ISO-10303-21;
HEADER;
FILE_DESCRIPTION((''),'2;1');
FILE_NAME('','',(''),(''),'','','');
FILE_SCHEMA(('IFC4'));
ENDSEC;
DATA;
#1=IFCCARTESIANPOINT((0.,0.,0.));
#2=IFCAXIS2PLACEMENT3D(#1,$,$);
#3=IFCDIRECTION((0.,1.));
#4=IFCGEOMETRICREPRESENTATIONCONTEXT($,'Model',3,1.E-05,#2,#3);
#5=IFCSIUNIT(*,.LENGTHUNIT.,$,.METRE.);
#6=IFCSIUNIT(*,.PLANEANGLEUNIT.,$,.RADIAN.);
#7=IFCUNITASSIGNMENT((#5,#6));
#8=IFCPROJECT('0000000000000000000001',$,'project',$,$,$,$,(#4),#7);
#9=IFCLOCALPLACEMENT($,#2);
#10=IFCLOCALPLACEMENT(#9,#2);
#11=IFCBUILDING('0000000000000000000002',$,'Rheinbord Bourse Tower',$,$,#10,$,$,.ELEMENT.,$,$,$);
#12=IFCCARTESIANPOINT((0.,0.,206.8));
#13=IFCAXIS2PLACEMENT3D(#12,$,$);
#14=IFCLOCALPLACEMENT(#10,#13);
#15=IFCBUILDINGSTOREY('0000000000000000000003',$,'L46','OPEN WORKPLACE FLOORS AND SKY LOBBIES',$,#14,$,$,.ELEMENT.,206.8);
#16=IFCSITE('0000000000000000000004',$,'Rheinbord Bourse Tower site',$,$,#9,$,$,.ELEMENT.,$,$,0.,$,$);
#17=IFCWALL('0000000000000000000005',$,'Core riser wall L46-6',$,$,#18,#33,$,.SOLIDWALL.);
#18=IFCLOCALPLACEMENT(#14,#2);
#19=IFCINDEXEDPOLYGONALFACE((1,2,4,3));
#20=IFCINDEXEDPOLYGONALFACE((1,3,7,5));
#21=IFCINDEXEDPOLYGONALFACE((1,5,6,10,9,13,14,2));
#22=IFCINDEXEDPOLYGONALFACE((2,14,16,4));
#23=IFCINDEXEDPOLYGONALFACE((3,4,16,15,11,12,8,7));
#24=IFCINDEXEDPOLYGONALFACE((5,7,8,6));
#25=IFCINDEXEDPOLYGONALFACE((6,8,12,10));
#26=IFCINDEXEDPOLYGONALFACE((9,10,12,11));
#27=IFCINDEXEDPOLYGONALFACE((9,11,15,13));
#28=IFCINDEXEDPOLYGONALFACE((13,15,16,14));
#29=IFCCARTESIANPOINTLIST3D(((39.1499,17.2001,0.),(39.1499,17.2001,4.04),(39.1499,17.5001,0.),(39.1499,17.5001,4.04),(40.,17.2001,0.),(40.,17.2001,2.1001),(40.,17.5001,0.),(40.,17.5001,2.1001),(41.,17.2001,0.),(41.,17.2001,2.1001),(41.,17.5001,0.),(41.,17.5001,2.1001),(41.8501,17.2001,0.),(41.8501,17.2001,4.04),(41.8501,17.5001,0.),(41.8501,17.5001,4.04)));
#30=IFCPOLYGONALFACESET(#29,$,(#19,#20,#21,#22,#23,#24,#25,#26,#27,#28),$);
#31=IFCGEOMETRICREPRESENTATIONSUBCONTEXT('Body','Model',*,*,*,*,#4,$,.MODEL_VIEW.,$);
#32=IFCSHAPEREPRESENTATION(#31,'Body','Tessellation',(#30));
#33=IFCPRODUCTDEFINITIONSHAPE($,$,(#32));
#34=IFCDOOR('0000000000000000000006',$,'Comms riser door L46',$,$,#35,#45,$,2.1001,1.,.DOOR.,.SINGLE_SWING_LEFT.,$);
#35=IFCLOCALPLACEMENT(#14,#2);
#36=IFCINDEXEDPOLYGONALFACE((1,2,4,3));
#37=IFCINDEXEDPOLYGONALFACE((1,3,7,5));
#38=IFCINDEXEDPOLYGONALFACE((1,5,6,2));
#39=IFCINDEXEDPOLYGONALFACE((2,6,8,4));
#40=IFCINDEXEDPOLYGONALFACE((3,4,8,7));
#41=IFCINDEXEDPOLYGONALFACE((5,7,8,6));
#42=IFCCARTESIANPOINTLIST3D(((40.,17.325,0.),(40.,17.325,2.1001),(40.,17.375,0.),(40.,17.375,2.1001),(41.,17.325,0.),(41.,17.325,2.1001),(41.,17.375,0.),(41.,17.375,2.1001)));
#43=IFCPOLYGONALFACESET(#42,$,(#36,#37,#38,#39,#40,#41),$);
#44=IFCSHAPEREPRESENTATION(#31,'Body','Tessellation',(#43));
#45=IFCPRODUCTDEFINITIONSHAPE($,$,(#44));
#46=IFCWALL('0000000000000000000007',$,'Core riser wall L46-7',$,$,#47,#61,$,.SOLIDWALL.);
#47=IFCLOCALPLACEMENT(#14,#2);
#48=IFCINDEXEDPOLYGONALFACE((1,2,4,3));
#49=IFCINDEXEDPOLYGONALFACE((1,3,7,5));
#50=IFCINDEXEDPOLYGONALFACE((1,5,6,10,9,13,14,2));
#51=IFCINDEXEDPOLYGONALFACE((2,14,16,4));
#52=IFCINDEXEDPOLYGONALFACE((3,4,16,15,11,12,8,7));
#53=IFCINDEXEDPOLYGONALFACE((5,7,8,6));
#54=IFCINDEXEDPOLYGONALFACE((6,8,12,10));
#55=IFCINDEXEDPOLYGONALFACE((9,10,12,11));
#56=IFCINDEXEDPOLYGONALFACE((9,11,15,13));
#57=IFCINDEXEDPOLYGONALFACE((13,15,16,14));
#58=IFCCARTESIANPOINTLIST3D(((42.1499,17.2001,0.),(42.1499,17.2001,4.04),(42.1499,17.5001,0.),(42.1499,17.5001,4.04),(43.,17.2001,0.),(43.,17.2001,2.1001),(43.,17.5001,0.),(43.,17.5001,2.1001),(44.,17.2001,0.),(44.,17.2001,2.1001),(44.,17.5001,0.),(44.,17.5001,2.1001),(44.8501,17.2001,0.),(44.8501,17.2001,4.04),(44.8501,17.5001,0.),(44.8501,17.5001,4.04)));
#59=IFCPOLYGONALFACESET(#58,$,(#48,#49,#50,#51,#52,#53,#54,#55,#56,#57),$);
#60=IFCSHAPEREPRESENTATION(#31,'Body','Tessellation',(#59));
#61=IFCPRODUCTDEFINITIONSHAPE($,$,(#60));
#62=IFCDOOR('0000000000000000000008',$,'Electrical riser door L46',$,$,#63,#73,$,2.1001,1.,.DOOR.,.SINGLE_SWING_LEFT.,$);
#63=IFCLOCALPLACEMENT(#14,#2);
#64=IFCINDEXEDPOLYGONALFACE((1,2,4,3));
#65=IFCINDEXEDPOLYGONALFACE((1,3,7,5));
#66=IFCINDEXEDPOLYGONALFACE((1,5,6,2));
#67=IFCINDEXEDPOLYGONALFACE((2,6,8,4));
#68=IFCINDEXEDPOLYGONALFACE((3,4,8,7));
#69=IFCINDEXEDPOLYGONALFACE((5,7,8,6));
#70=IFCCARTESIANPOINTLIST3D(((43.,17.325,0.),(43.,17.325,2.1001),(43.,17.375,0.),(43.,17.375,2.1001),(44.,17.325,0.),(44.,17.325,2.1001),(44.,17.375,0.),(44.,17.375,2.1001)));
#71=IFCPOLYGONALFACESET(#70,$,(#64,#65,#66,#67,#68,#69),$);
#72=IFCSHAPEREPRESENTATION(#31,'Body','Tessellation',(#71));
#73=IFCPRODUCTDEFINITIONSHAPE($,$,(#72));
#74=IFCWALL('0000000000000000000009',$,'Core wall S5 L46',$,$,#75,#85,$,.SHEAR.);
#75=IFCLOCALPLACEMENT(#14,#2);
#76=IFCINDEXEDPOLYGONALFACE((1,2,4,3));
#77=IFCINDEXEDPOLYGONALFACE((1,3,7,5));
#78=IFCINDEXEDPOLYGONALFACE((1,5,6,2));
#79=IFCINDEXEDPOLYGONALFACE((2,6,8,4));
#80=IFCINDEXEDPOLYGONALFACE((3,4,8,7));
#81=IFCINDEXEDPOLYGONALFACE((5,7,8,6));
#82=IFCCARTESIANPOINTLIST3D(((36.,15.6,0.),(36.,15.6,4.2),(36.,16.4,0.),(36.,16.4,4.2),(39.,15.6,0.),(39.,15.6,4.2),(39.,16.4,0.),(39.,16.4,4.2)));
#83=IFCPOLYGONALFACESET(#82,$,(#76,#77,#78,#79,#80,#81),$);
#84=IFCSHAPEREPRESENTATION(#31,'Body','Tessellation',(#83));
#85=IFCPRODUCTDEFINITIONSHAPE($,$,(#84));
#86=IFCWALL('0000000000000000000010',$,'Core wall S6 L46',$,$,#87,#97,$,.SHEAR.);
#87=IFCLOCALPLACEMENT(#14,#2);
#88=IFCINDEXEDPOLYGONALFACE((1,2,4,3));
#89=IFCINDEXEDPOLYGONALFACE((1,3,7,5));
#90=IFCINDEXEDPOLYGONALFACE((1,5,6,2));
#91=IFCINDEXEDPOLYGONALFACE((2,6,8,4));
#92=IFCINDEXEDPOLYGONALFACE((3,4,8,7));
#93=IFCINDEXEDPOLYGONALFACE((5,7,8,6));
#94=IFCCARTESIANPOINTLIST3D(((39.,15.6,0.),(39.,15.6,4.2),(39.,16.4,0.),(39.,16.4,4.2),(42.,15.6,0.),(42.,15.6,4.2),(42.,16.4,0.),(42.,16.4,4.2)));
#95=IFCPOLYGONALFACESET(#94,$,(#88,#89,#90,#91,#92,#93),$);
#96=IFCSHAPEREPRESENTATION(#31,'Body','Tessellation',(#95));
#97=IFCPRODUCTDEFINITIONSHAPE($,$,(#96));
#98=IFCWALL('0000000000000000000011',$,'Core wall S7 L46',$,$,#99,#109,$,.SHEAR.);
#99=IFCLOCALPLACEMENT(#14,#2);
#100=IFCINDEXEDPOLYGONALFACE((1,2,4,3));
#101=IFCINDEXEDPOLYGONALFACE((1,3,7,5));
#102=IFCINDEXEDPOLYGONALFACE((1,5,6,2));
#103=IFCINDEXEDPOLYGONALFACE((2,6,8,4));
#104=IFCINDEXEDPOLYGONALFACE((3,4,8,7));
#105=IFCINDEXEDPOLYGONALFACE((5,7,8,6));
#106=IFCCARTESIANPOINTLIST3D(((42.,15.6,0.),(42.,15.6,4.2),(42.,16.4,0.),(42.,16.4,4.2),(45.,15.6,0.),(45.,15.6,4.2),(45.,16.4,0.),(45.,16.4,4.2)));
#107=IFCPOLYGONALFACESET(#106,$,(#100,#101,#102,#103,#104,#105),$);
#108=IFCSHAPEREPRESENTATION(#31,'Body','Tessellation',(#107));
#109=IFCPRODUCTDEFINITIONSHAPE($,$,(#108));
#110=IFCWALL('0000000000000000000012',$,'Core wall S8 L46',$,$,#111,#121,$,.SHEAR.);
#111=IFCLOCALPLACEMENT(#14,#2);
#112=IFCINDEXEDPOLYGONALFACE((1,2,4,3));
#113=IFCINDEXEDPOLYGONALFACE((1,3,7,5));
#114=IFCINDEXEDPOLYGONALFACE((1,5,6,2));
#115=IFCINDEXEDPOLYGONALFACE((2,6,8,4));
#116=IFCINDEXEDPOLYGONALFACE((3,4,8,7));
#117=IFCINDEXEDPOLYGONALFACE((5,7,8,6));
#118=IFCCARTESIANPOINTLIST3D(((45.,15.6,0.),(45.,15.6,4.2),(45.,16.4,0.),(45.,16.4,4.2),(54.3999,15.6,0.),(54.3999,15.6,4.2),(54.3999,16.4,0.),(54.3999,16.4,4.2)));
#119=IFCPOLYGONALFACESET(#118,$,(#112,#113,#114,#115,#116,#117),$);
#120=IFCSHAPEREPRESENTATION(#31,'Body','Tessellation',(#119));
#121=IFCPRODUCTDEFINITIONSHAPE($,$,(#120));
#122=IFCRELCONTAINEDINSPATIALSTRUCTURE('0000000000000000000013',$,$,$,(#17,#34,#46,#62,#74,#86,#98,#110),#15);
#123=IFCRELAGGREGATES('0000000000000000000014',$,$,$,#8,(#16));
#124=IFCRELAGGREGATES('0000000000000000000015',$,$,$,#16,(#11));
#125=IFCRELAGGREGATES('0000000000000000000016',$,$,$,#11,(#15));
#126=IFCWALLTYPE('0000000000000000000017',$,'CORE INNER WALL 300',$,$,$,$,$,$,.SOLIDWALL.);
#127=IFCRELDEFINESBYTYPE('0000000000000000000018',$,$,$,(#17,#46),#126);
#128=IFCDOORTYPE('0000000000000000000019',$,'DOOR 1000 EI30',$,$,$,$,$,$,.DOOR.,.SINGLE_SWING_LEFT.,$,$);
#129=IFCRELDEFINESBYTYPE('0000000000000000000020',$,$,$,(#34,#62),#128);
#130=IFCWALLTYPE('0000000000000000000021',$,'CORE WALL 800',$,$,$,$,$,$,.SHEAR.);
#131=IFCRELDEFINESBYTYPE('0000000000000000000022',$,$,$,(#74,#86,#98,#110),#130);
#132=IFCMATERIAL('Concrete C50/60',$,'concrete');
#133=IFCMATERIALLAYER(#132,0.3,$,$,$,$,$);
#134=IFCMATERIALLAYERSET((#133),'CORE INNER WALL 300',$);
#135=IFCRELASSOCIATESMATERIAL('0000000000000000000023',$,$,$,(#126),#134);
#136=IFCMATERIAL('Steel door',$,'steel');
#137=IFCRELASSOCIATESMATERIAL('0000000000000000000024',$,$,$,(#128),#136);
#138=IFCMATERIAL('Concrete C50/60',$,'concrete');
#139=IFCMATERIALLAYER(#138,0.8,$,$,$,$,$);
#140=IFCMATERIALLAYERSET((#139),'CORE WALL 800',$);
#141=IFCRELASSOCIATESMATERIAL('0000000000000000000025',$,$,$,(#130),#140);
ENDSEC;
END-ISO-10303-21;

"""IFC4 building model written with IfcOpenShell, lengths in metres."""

from ifc_helpers import new_model, si_unit, direction, frame, frame_2d, origin, place, context, subcontext, project, spatial, rectangle, extrude, material, layer, layer_set, type_object, element, fill, save


model = new_model("IFC4")

# Units and contexts
model_context = context("Model", 3, precision=1e-05, world=origin(), true_north=direction((0.0, 1.0)))
body_context = subcontext(model_context, "Body", "Model", "MODEL_VIEW")
ifc_project = project(units=[si_unit("LENGTHUNIT", "METRE"), si_unit("PLANEANGLEUNIT", "RADIAN")], contexts=[model_context])

# Site, building, storey
site_placement = place(None, origin())
site = spatial("IfcSite", under=ifc_project, at=site_placement, Name="Rheinbord Bourse Tower site", CompositionType="ELEMENT", RefElevation=0.0)
building_placement = place(site_placement, origin())
building = spatial("IfcBuilding", under=site, at=building_placement, Name="Rheinbord Bourse Tower", CompositionType="ELEMENT")
storey_placement = place(building_placement, frame((0.0, 0.0, 206.8)))
storey = spatial("IfcBuildingStorey", under=building, at=storey_placement, Name="L46", Description="OPEN WORKPLACE FLOORS AND SKY LOBBIES", CompositionType="ELEMENT", Elevation=206.8)

# Shared definitions
ifc_material_1 = material(Name="Concrete C50/60", Category="concrete")
ifc_layer_1 = layer(ifc_material_1, 0.3)
ifc_layer_set_1 = layer_set([ifc_layer_1], Name="CORE INNER WALL 300")
wall_type_1 = type_object("IfcWallType", Name="CORE INNER WALL 300", PredefinedType="SOLIDWALL", material=ifc_layer_set_1)
ifc_material_2 = material(Name="Steel door", Category="steel")
door_type_1 = type_object("IfcDoorType", Name="DOOR 1000 EI30", OperationType="SINGLE_SWING_LEFT", PredefinedType="DOOR", material=ifc_material_2)

# Walls, openings, doors
wall_1_placement = place(storey_placement, frame((39.1499, 17.3501, 0.0), z_axis=(0.0, 0.0, 1.0), x_axis=(1.0, 0.0, 0.0)))
wall_1 = element("IfcWall", 1, at=wall_1_placement, inside=storey, type_object=wall_type_1, Name="Core riser wall L46-6", PredefinedType="SOLIDWALL", context=body_context, shape_type="SweptSolid", body=[
    extrude(rectangle(XDim=2.7002, YDim=0.3, at=frame_2d((1.3501, 0.0))), origin(), (0.0, 0.0, 1.0), 4.04),
])
opening_1_placement = place(wall_1_placement, frame((0.8501, 0.0, 0.0)))
opening_1 = element("IfcOpeningElement", 2, at=opening_1_placement, cuts=wall_1, PredefinedType="OPENING", context=body_context, shape_type="SweptSolid", body=[
    extrude(rectangle(XDim=1.0, YDim=2.1001, at=frame_2d((0.5, 1.05))), frame((0.0, 0.1599, 0.0), z_axis=(0.0, -1.0, 0.0), x_axis=(1.0, 0.0, 0.0)), (0.0, 0.0, 1.0), 0.3201),
])
door_1_placement = place(opening_1_placement, origin())
door_1 = element("IfcDoor", 3, at=door_1_placement, inside=storey, type_object=door_type_1, Name="Comms riser door L46", OperationType="SINGLE_SWING_LEFT", OverallHeight=2.1001, OverallWidth=1.0, PredefinedType="DOOR", context=body_context, shape_type="SweptSolid", body=[
    extrude(rectangle(XDim=1.0, YDim=2.1001, at=frame_2d((0.5, 1.05))), frame((0.0, 0.0249, 0.0), z_axis=(0.0, -1.0, 0.0), x_axis=(1.0, 0.0, 0.0)), (0.0, 0.0, 1.0), 0.05),
])
fill(opening_1, door_1)
wall_2_placement = place(storey_placement, frame((42.1499, 17.3501, 0.0), z_axis=(0.0, 0.0, 1.0), x_axis=(1.0, 0.0, 0.0)))
wall_2 = element("IfcWall", 4, at=wall_2_placement, inside=storey, type_object=wall_type_1, Name="Core riser wall L46-7", PredefinedType="SOLIDWALL", context=body_context, shape_type="SweptSolid", body=[
    extrude(rectangle(XDim=2.7002, YDim=0.3, at=frame_2d((1.3501, 0.0))), origin(), (0.0, 0.0, 1.0), 4.04),
])
opening_2_placement = place(wall_2_placement, frame((0.8501, 0.0, 0.0)))
opening_2 = element("IfcOpeningElement", 5, at=opening_2_placement, cuts=wall_2, PredefinedType="OPENING", context=body_context, shape_type="SweptSolid", body=[
    extrude(rectangle(XDim=1.0, YDim=2.1001, at=frame_2d((0.5, 1.05))), frame((0.0, 0.1599, 0.0), z_axis=(0.0, -1.0, 0.0), x_axis=(1.0, 0.0, 0.0)), (0.0, 0.0, 1.0), 0.3201),
])
door_2_placement = place(opening_2_placement, origin())
door_2 = element("IfcDoor", 6, at=door_2_placement, inside=storey, type_object=door_type_1, Name="Electrical riser door L46", OperationType="SINGLE_SWING_LEFT", OverallHeight=2.1001, OverallWidth=1.0, PredefinedType="DOOR", context=body_context, shape_type="SweptSolid", body=[
    extrude(rectangle(XDim=1.0, YDim=2.1001, at=frame_2d((0.5, 1.05))), frame((0.0, 0.0249, 0.0), z_axis=(0.0, -1.0, 0.0), x_axis=(1.0, 0.0, 0.0)), (0.0, 0.0, 1.0), 0.05),
])
fill(opening_2, door_2)

# Walls
ifc_material_3 = material(Name="Concrete C50/60", Category="concrete")
ifc_layer_2 = layer(ifc_material_3, 0.8)
ifc_layer_set_2 = layer_set([ifc_layer_2], Name="CORE WALL 800")
wall_type_2 = type_object("IfcWallType", Name="CORE WALL 800", PredefinedType="SHEAR", material=ifc_layer_set_2)
for number, where, z_axis, x_axis, name in (
    (7, (36.0, 16.0, 0.0), (0.0, 0.0, 1.0), (1.0, 0.0, 0.0), "Core wall S5 L46"),
    (8, (39.0, 16.0, 0.0), (0.0, 0.0, 1.0), (1.0, 0.0, 0.0), "Core wall S6 L46"),
    (9, (42.0, 16.0, 0.0), (0.0, 0.0, 1.0), (1.0, 0.0, 0.0), "Core wall S7 L46"),
):
    element("IfcWall", number, at=place(storey_placement, frame(where, z_axis=z_axis, x_axis=x_axis)), inside=storey, type_object=wall_type_2, Name=name, PredefinedType="SHEAR", context=body_context, shape_type="SweptSolid", body=[
        extrude(rectangle(XDim=3.0, YDim=0.8, at=frame_2d((1.5, 0.0))), origin(), (0.0, 0.0, 1.0), 4.2),
    ])
wall_3_placement = place(storey_placement, frame((45.0, 16.0, 0.0), z_axis=(0.0, 0.0, 1.0), x_axis=(1.0, 0.0, 0.0)))
element("IfcWall", 10, at=wall_3_placement, inside=storey, type_object=wall_type_2, Name="Core wall S8 L46", PredefinedType="SHEAR", context=body_context, shape_type="SweptSolid", body=[
    extrude(rectangle(XDim=9.3999, YDim=0.8, at=frame_2d((4.7, 0.0))), origin(), (0.0, 0.0, 1.0), 4.2),
])

save(model, "model.ifc")
